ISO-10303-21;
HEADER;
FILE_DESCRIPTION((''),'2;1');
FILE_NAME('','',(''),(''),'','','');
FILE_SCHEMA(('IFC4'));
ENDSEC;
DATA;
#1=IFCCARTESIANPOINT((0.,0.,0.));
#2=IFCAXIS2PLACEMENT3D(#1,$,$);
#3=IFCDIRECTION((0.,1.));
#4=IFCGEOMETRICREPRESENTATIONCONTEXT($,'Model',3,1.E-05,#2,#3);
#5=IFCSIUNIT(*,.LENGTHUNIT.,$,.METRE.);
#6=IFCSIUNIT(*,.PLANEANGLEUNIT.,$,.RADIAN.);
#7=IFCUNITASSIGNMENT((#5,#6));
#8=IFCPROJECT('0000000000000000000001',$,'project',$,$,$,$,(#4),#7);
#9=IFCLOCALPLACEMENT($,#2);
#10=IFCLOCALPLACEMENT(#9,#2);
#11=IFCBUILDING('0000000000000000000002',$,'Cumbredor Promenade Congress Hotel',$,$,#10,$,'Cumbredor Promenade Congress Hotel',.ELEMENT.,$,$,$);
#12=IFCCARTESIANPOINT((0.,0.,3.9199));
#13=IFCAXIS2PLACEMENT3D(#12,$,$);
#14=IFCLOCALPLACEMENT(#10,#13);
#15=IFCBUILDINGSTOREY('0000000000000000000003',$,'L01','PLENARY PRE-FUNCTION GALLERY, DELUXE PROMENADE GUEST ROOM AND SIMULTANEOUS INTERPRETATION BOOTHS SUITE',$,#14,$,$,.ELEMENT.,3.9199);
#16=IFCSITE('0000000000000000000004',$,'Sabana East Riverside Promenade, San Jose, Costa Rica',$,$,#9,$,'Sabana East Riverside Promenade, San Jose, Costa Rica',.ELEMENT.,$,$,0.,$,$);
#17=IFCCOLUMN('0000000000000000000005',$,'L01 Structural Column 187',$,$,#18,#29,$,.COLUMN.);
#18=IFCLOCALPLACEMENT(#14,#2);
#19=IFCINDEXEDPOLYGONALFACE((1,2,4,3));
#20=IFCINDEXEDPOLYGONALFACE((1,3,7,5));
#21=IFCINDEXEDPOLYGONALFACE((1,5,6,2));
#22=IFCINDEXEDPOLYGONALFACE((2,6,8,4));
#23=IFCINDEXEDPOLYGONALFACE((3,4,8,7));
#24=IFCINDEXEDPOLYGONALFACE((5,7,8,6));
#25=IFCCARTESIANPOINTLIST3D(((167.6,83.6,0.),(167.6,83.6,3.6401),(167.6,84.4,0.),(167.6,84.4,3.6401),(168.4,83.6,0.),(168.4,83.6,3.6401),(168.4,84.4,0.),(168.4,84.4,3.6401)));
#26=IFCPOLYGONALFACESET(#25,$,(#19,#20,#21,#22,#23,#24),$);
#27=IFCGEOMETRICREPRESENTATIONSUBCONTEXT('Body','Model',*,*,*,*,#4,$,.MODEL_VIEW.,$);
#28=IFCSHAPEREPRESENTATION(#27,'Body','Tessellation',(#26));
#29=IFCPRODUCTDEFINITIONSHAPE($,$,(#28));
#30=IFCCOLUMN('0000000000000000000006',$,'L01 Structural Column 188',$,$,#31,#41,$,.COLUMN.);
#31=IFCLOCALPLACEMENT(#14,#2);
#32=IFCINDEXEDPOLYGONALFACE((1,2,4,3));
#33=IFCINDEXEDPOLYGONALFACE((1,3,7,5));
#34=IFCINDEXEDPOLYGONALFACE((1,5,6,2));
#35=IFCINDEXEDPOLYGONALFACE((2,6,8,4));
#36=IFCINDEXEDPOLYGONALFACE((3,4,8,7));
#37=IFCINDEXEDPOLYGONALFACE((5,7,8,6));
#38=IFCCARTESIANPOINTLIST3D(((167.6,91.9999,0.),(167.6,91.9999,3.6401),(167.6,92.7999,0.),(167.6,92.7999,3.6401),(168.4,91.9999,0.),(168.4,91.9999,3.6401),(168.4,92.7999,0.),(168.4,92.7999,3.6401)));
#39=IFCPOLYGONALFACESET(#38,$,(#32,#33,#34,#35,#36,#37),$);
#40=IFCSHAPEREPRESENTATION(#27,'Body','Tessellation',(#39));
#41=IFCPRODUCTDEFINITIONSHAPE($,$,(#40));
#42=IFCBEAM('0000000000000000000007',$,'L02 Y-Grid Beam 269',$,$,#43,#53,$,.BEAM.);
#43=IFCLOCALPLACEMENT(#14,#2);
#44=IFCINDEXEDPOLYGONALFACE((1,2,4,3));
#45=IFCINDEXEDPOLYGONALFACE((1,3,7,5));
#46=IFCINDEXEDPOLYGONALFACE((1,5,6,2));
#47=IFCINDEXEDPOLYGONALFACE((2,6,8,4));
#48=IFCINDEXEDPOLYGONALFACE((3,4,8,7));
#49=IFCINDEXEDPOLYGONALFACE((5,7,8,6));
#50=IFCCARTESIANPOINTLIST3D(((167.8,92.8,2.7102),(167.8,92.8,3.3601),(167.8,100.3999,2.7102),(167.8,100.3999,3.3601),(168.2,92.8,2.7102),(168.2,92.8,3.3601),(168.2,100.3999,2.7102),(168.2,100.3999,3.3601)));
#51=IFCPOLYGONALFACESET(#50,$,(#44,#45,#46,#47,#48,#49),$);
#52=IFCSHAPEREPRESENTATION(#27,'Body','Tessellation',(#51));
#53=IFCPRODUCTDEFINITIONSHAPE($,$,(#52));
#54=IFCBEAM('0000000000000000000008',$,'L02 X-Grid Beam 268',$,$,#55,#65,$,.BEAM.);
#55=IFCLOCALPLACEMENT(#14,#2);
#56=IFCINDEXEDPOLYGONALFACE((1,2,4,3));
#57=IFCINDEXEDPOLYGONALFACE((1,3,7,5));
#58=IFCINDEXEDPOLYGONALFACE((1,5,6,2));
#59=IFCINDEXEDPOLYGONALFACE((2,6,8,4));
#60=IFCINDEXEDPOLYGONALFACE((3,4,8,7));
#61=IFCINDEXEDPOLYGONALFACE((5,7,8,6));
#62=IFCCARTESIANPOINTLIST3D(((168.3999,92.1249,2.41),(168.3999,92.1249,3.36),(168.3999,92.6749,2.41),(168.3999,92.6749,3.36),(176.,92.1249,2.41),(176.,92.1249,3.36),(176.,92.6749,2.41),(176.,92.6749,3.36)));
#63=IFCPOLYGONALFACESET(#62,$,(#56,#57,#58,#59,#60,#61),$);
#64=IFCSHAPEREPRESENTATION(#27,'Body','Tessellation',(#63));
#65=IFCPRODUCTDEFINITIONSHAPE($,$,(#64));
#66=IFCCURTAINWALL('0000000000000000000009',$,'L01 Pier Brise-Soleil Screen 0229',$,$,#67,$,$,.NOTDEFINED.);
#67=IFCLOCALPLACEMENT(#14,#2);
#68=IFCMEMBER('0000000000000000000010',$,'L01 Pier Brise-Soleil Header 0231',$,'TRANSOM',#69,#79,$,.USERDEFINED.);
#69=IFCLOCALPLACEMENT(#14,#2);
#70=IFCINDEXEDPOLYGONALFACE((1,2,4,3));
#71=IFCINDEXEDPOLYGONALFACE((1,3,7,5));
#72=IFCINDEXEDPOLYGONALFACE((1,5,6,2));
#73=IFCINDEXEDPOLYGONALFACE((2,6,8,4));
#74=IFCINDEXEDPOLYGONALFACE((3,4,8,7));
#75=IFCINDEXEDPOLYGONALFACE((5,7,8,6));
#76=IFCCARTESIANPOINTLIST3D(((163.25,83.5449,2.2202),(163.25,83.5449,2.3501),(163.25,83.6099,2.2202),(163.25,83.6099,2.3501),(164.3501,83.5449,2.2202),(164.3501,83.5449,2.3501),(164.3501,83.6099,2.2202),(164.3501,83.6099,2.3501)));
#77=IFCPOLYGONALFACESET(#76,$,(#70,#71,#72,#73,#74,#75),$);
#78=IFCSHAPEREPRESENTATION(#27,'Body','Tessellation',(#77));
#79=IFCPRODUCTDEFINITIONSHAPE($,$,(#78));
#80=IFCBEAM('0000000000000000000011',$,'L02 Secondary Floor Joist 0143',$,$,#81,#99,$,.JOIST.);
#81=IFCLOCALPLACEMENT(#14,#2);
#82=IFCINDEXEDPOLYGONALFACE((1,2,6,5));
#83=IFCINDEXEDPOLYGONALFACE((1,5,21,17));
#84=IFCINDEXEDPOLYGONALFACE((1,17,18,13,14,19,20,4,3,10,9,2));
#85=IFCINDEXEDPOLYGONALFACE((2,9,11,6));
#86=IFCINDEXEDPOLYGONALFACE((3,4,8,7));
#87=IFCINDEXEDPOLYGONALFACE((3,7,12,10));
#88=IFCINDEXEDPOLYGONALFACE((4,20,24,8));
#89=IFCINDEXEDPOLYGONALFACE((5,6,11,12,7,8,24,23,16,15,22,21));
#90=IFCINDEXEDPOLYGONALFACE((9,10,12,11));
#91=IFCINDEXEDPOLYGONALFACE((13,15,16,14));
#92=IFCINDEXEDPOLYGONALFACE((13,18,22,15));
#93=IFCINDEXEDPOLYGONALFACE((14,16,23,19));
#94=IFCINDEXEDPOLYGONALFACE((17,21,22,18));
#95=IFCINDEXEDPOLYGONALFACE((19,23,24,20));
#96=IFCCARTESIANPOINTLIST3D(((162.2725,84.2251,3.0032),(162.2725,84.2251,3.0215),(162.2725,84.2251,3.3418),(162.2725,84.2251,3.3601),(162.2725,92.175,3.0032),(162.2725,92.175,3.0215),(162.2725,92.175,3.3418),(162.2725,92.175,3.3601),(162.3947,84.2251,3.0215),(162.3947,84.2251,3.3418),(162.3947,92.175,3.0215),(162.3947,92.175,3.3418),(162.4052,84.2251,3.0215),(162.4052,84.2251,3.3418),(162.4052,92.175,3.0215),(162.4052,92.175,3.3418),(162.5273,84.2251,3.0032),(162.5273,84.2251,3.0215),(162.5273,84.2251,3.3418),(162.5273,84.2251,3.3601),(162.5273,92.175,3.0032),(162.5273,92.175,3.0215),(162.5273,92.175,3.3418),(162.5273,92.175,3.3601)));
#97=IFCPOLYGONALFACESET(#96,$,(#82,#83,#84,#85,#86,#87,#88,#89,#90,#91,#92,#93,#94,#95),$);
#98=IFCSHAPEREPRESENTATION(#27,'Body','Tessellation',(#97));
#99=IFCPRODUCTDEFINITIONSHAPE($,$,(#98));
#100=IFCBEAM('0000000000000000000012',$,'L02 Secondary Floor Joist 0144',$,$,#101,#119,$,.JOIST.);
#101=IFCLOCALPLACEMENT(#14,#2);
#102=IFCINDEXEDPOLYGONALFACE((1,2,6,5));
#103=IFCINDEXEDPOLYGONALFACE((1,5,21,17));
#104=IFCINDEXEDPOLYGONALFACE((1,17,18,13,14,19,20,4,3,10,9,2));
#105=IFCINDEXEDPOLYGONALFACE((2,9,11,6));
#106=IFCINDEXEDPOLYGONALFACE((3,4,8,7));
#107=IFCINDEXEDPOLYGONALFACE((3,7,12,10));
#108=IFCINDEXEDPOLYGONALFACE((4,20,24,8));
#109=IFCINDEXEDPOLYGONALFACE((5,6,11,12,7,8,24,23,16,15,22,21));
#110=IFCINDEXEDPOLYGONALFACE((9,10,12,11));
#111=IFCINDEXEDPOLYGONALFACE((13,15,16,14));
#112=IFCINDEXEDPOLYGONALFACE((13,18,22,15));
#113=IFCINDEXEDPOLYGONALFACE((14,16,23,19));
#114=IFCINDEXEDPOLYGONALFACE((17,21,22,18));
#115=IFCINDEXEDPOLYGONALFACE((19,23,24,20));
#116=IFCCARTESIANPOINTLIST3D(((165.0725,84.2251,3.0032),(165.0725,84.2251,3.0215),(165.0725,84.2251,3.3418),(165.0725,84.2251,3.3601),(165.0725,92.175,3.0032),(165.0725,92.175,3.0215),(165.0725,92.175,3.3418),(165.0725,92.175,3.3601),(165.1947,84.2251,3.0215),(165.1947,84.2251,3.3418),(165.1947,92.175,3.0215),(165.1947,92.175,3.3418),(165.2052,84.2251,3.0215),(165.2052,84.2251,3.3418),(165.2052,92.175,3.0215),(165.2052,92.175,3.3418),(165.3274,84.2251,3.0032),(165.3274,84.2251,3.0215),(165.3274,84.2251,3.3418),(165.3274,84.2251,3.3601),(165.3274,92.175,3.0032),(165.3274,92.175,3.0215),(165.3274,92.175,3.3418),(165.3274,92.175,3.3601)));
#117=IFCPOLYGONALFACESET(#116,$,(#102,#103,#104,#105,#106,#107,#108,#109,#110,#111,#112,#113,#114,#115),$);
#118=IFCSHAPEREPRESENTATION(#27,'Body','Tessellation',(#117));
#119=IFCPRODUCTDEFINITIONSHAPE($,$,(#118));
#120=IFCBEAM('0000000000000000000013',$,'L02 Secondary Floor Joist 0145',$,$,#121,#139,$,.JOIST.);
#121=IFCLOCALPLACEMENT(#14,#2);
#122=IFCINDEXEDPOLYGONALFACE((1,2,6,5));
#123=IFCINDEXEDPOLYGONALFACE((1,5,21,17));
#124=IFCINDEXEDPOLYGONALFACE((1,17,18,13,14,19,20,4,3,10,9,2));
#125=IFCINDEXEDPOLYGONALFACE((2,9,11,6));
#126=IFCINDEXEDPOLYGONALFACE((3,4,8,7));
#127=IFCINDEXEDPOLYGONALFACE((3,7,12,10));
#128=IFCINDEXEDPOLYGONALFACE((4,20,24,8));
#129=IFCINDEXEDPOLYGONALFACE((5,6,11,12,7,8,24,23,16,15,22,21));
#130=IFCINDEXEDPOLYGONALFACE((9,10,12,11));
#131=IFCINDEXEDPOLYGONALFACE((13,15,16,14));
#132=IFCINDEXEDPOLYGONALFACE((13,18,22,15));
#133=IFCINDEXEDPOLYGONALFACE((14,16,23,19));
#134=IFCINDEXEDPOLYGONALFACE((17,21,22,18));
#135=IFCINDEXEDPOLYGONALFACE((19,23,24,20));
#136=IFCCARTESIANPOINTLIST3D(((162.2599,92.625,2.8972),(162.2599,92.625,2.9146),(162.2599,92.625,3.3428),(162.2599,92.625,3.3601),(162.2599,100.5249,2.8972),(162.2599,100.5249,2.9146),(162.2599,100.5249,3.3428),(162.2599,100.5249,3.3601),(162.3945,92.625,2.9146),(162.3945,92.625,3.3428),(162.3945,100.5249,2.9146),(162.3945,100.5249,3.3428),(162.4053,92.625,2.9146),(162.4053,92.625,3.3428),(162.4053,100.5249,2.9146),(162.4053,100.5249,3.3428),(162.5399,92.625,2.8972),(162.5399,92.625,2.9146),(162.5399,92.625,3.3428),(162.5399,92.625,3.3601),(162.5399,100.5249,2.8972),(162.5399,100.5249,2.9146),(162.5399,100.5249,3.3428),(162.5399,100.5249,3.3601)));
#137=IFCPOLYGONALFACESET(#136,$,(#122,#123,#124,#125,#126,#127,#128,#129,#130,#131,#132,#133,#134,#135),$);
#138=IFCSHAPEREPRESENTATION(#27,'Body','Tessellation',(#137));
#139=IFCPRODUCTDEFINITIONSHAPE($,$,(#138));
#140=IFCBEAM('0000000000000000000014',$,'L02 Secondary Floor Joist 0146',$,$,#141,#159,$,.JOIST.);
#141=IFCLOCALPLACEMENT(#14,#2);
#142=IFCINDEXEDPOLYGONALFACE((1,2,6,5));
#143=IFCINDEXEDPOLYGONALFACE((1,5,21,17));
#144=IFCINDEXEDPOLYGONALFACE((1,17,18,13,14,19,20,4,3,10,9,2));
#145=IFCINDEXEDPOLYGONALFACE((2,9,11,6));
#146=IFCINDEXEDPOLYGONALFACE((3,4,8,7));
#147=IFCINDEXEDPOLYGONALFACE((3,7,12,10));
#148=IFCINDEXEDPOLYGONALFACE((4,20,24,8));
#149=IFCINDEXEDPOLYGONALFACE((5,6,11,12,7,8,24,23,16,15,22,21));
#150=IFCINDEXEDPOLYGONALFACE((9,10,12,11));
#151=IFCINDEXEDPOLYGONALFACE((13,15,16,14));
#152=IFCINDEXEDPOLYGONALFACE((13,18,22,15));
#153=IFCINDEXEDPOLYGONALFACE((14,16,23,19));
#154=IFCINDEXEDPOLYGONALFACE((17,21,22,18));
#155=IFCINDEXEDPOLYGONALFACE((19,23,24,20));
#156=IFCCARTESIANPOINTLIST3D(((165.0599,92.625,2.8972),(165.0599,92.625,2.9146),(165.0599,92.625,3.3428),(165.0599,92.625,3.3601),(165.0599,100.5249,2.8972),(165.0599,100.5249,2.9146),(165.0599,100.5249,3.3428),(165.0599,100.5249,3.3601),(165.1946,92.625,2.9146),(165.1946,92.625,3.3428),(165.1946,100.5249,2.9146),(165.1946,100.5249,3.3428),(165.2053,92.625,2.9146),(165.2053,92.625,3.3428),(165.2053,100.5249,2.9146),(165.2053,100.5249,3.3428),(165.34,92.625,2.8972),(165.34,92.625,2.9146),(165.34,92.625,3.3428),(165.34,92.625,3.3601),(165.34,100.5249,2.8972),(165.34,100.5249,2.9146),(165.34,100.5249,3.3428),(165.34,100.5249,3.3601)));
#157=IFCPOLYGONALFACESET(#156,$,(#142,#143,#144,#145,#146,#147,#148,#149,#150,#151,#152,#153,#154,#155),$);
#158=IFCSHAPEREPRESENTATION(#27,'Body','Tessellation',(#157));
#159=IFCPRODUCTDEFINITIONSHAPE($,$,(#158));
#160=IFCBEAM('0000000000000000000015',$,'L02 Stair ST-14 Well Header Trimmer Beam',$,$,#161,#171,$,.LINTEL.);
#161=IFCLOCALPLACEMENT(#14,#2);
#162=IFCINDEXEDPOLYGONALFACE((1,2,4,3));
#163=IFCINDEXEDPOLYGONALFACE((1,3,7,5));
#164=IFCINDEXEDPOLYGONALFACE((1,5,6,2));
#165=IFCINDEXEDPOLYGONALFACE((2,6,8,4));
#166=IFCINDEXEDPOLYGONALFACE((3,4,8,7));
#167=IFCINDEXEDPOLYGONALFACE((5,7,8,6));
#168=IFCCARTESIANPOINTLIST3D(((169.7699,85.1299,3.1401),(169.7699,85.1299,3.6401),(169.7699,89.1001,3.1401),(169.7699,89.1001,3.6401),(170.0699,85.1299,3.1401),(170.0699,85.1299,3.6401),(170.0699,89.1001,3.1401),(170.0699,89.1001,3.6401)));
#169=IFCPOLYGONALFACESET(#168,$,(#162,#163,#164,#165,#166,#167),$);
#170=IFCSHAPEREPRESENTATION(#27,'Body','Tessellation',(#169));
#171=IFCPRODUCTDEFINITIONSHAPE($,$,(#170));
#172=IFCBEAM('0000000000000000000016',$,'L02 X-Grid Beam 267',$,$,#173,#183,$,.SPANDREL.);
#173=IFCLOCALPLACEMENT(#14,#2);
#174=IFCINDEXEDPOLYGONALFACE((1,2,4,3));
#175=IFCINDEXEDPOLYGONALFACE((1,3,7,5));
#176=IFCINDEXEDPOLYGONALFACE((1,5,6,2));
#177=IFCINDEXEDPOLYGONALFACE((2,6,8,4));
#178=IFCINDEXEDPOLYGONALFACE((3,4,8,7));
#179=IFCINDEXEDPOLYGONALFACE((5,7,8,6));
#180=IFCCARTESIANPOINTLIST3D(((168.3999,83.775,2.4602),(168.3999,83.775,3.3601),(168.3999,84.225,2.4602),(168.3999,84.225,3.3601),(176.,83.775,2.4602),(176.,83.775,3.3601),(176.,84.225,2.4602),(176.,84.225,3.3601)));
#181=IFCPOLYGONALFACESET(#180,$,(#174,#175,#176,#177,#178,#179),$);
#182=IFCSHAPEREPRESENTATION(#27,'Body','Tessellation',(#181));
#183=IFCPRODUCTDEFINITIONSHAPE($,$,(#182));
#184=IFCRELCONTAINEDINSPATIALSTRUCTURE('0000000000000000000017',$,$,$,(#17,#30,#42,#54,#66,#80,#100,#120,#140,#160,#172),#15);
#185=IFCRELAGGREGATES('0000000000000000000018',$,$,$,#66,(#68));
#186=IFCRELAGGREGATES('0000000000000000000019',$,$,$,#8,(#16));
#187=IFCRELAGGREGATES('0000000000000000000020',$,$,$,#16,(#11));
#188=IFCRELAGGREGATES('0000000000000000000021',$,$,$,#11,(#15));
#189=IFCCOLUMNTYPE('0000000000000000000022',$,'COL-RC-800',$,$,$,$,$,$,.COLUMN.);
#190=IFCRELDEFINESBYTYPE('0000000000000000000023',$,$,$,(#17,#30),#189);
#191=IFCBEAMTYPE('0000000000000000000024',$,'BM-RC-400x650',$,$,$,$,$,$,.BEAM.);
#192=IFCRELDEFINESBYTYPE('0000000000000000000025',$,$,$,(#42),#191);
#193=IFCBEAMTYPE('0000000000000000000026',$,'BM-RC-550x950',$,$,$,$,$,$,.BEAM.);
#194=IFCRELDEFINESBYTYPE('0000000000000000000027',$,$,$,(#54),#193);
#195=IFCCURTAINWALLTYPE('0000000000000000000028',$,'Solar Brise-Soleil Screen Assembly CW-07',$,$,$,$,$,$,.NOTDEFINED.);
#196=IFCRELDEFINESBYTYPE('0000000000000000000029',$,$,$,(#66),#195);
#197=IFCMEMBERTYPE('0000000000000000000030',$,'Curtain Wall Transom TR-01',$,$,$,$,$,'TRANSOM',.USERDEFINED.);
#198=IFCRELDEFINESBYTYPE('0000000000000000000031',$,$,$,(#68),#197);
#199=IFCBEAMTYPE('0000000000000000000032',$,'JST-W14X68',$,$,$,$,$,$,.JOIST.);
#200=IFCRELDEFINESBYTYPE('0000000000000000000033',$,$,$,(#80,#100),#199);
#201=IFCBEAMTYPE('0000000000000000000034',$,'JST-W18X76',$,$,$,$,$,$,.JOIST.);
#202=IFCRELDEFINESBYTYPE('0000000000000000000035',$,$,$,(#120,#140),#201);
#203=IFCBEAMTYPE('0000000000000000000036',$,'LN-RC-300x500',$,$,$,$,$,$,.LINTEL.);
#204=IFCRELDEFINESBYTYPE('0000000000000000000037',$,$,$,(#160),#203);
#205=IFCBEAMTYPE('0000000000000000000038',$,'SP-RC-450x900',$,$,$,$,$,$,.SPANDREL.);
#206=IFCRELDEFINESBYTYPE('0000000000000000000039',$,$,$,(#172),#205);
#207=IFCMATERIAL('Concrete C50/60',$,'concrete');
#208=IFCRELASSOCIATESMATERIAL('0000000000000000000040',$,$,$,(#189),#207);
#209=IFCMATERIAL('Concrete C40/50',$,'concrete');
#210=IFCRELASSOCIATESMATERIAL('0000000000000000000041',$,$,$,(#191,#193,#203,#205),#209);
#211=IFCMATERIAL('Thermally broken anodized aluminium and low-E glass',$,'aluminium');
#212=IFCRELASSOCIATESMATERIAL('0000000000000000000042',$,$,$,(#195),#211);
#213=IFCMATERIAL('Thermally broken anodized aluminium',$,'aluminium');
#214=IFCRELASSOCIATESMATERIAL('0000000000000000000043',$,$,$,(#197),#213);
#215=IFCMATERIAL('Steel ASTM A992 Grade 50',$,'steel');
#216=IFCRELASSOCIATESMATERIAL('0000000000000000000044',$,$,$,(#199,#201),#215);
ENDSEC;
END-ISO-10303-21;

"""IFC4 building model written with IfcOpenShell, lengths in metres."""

from ifc_helpers import new_model, si_unit, direction, frame, origin, origin_2d, place, context, subcontext, project, spatial, rectangle, i_section, extrude, material, material_profile, profile_set, type_object, element, aggregate, save


model = new_model("IFC4")

# Units and contexts
model_context = context("Model", 3, precision=1e-05, world=origin(), true_north=direction((0.0, 1.0)))
body_context = subcontext(model_context, "Body", "Model", "MODEL_VIEW")
ifc_project = project(units=[si_unit("LENGTHUNIT", "METRE"), si_unit("PLANEANGLEUNIT", "RADIAN")], contexts=[model_context])

# Site, building, storey
site_placement = place(None, origin())
site = spatial("IfcSite", under=ifc_project, at=site_placement, Name="Sabana East Riverside Promenade, San Jose, Costa Rica", LongName="Sabana East Riverside Promenade, San Jose, Costa Rica", CompositionType="ELEMENT", RefElevation=0.0)
building_placement = place(site_placement, origin())
building = spatial("IfcBuilding", under=site, at=building_placement, Name="Cumbredor Promenade Congress Hotel", LongName="Cumbredor Promenade Congress Hotel", CompositionType="ELEMENT")
storey_placement = place(building_placement, frame((0.0, 0.0, 3.9199)))
storey = spatial("IfcBuildingStorey", under=building, at=storey_placement, Name="L01", Description="PLENARY PRE-FUNCTION GALLERY, DELUXE PROMENADE GUEST ROOM AND SIMULTANEOUS INTERPRETATION BOOTHS SUITE", CompositionType="ELEMENT", Elevation=3.9199)

# Columns
ifc_material_1 = material(Name="Concrete C50/60", Category="concrete")
ifc_material_profile_1 = material_profile(ifc_material_1, rectangle(XDim=0.8, YDim=0.8, at=origin_2d()), Name="RC 800x800")
ifc_profile_set_1 = profile_set([ifc_material_profile_1], Name="Concrete C50/60")
column_type = type_object("IfcColumnType", Name="COL-RC-800", PredefinedType="COLUMN", material=ifc_profile_set_1)
for number, where, z_axis, x_axis, name in (
    (1, (168.0, 84.0, 0.0), (0.0, 0.0, 1.0), (1.0, 0.0, 0.0), "L01 Structural Column 187"),
    (2, (168.0, 92.3999, 0.0), (0.0, 0.0, 1.0), (1.0, 0.0, 0.0), "L01 Structural Column 188"),
):
    element("IfcColumn", number, at=place(storey_placement, frame(where, z_axis=z_axis, x_axis=x_axis)), inside=storey, type_object=column_type, Name=name, PredefinedType="COLUMN", context=body_context, shape_type="SweptSolid", body=[
        extrude(rectangle(XDim=0.8, YDim=0.8, at=origin_2d()), origin(), (0.0, 0.0, 1.0), 3.6401),
    ])

# Beams
ifc_material_2 = material(Name="Concrete C40/50", Category="concrete")
ifc_material_profile_2 = material_profile(ifc_material_2, rectangle(XDim=0.3999, YDim=0.6499, at=origin_2d()), Name="RC BEAM 400x650")
ifc_profile_set_2 = profile_set([ifc_material_profile_2], Name="Concrete C40/50")
beam_type_1 = type_object("IfcBeamType", Name="BM-RC-400x650", PredefinedType="BEAM", material=ifc_profile_set_2)
beam_1_placement = place(storey_placement, frame((168.0, 92.8, 3.0352), z_axis=(0.0, 1.0, 0.0), x_axis=(-1.0, 0.0, 0.0)))
element("IfcBeam", 3, at=beam_1_placement, inside=storey, type_object=beam_type_1, Name="L02 Y-Grid Beam 269", PredefinedType="BEAM", context=body_context, shape_type="SweptSolid", body=[
    extrude(rectangle(XDim=0.3999, YDim=0.6499, at=origin_2d()), origin(), (0.0, 0.0, 1.0), 7.5999),
])
ifc_material_profile_3 = material_profile(ifc_material_2, rectangle(XDim=0.55, YDim=0.95, at=origin_2d()), Name="RC BEAM 550x950")
ifc_profile_set_3 = profile_set([ifc_material_profile_3], Name="Concrete C40/50")
beam_type_2 = type_object("IfcBeamType", Name="BM-RC-550x950", PredefinedType="BEAM", material=ifc_profile_set_3)
beam_2_placement = place(storey_placement, frame((168.3999, 92.3999, 2.885), z_axis=(1.0, 0.0, 0.0), x_axis=(0.0, 1.0, 0.0)))
element("IfcBeam", 4, at=beam_2_placement, inside=storey, type_object=beam_type_2, Name="L02 X-Grid Beam 268", PredefinedType="BEAM", context=body_context, shape_type="SweptSolid", body=[
    extrude(rectangle(XDim=0.55, YDim=0.95, at=origin_2d()), origin(), (0.0, 0.0, 1.0), 7.6001),
])

# Curtain wall, member
ifc_material_3 = material(Name="Thermally broken anodized aluminium and low-E glass", Category="aluminium")
curtain_wall_type = type_object("IfcCurtainWallType", Name="Solar Brise-Soleil Screen Assembly CW-07", PredefinedType="NOTDEFINED", material=ifc_material_3)
curtain_wall_placement = place(storey_placement, origin())
curtain_wall = element("IfcCurtainWall", 5, at=curtain_wall_placement, inside=storey, type_object=curtain_wall_type, Name="L01 Pier Brise-Soleil Screen 0229", PredefinedType="NOTDEFINED")
ifc_material_4 = material(Name="Thermally broken anodized aluminium", Category="aluminium")
ifc_material_profile_4 = material_profile(ifc_material_4, rectangle(XDim=0.0649, YDim=0.1299, at=origin_2d()), Name="ALU TRANSOM 65x130")
ifc_profile_set_4 = profile_set([ifc_material_profile_4], Name="Thermally broken anodized aluminium")
member_type_1 = type_object("IfcMemberType", Name="Curtain Wall Transom TR-01", ElementType="TRANSOM", PredefinedType="USERDEFINED", material=ifc_profile_set_4)
member_1_placement = place(storey_placement, frame((163.25, 83.5774, 2.2852), z_axis=(1.0, 0.0, 0.0), x_axis=(0.0, 1.0, 0.0)))
member_1 = element("IfcMember", 6, at=member_1_placement, type_object=member_type_1, Name="L01 Pier Brise-Soleil Header 0231", ObjectType="TRANSOM", PredefinedType="USERDEFINED", context=body_context, shape_type="SweptSolid", body=[
    extrude(rectangle(XDim=0.0649, YDim=0.1299, at=origin_2d()), origin(), (0.0, 0.0, 1.0), 1.1001),
])

# Beams
ifc_material_5 = material(Name="Steel ASTM A992 Grade 50", Category="steel")
ifc_material_profile_5 = material_profile(ifc_material_5, i_section(OverallWidth=0.2549, OverallDepth=0.3569, WebThickness=0.0105, FlangeThickness=0.0183, at=origin_2d()), Name="W14X68")
ifc_profile_set_5 = profile_set([ifc_material_profile_5], Name="Steel ASTM A992 Grade 50")
beam_type_3 = type_object("IfcBeamType", Name="JST-W14X68", PredefinedType="JOIST", material=ifc_profile_set_5)
for number, where, z_axis, x_axis, name in (
    (7, (162.3999, 84.2251, 3.1816), (0.0, 1.0, 0.0), (-1.0, 0.0, 0.0), "L02 Secondary Floor Joist 0143"),
    (8, (165.2, 84.2251, 3.1816), (0.0, 1.0, 0.0), (-1.0, 0.0, 0.0), "L02 Secondary Floor Joist 0144"),
):
    element("IfcBeam", number, at=place(storey_placement, frame(where, z_axis=z_axis, x_axis=x_axis)), inside=storey, type_object=beam_type_3, Name=name, PredefinedType="JOIST", context=body_context, shape_type="SweptSolid", body=[
        extrude(i_section(OverallWidth=0.2549, OverallDepth=0.3569, WebThickness=0.0105, FlangeThickness=0.0183, at=origin_2d()), origin(), (0.0, 0.0, 1.0), 7.95),
    ])
ifc_material_profile_6 = material_profile(ifc_material_5, i_section(OverallWidth=0.28, OverallDepth=0.4629, WebThickness=0.0107, FlangeThickness=0.0173, at=origin_2d()), Name="W18X76")
ifc_profile_set_6 = profile_set([ifc_material_profile_6], Name="Steel ASTM A992 Grade 50")
beam_type_4 = type_object("IfcBeamType", Name="JST-W18X76", PredefinedType="JOIST", material=ifc_profile_set_6)
for number, where, z_axis, x_axis, name in (
    (9, (162.3999, 92.625, 3.1287), (0.0, 1.0, 0.0), (-1.0, 0.0, 0.0), "L02 Secondary Floor Joist 0145"),
    (10, (165.2, 92.625, 3.1287), (0.0, 1.0, 0.0), (-1.0, 0.0, 0.0), "L02 Secondary Floor Joist 0146"),
):
    element("IfcBeam", number, at=place(storey_placement, frame(where, z_axis=z_axis, x_axis=x_axis)), inside=storey, type_object=beam_type_4, Name=name, PredefinedType="JOIST", context=body_context, shape_type="SweptSolid", body=[
        extrude(i_section(OverallWidth=0.28, OverallDepth=0.4629, WebThickness=0.0107, FlangeThickness=0.0173, at=origin_2d()), origin(), (0.0, 0.0, 1.0), 7.8999),
    ])
ifc_material_profile_7 = material_profile(ifc_material_2, rectangle(XDim=0.3, YDim=0.5, at=origin_2d()), Name="RC LINTEL 300x500")
ifc_profile_set_7 = profile_set([ifc_material_profile_7], Name="Concrete C40/50")
beam_type_5 = type_object("IfcBeamType", Name="LN-RC-300x500", PredefinedType="LINTEL", material=ifc_profile_set_7)
beam_3_placement = place(storey_placement, frame((169.9199, 85.1299, 3.3901), z_axis=(0.0, 1.0, 0.0), x_axis=(-1.0, 0.0, 0.0)))
element("IfcBeam", 11, at=beam_3_placement, inside=storey, type_object=beam_type_5, Name="L02 Stair ST-14 Well Header Trimmer Beam", PredefinedType="LINTEL", context=body_context, shape_type="SweptSolid", body=[
    extrude(rectangle(XDim=0.3, YDim=0.5, at=origin_2d()), origin(), (0.0, 0.0, 1.0), 3.9702),
])
ifc_material_profile_8 = material_profile(ifc_material_2, rectangle(XDim=0.45, YDim=0.8999, at=origin_2d()), Name="RC SPANDREL 450x900")
ifc_profile_set_8 = profile_set([ifc_material_profile_8], Name="Concrete C40/50")
beam_type_6 = type_object("IfcBeamType", Name="SP-RC-450x900", PredefinedType="SPANDREL", material=ifc_profile_set_8)
beam_4_placement = place(storey_placement, frame((168.3999, 84.0, 2.9102), z_axis=(1.0, 0.0, 0.0), x_axis=(0.0, 1.0, 0.0)))
element("IfcBeam", 12, at=beam_4_placement, inside=storey, type_object=beam_type_6, Name="L02 X-Grid Beam 267", PredefinedType="SPANDREL", context=body_context, shape_type="SweptSolid", body=[
    extrude(rectangle(XDim=0.45, YDim=0.8999, at=origin_2d()), origin(), (0.0, 0.0, 1.0), 7.6001),
])

aggregate(curtain_wall, [member_1])

save(model, "model.ifc")
